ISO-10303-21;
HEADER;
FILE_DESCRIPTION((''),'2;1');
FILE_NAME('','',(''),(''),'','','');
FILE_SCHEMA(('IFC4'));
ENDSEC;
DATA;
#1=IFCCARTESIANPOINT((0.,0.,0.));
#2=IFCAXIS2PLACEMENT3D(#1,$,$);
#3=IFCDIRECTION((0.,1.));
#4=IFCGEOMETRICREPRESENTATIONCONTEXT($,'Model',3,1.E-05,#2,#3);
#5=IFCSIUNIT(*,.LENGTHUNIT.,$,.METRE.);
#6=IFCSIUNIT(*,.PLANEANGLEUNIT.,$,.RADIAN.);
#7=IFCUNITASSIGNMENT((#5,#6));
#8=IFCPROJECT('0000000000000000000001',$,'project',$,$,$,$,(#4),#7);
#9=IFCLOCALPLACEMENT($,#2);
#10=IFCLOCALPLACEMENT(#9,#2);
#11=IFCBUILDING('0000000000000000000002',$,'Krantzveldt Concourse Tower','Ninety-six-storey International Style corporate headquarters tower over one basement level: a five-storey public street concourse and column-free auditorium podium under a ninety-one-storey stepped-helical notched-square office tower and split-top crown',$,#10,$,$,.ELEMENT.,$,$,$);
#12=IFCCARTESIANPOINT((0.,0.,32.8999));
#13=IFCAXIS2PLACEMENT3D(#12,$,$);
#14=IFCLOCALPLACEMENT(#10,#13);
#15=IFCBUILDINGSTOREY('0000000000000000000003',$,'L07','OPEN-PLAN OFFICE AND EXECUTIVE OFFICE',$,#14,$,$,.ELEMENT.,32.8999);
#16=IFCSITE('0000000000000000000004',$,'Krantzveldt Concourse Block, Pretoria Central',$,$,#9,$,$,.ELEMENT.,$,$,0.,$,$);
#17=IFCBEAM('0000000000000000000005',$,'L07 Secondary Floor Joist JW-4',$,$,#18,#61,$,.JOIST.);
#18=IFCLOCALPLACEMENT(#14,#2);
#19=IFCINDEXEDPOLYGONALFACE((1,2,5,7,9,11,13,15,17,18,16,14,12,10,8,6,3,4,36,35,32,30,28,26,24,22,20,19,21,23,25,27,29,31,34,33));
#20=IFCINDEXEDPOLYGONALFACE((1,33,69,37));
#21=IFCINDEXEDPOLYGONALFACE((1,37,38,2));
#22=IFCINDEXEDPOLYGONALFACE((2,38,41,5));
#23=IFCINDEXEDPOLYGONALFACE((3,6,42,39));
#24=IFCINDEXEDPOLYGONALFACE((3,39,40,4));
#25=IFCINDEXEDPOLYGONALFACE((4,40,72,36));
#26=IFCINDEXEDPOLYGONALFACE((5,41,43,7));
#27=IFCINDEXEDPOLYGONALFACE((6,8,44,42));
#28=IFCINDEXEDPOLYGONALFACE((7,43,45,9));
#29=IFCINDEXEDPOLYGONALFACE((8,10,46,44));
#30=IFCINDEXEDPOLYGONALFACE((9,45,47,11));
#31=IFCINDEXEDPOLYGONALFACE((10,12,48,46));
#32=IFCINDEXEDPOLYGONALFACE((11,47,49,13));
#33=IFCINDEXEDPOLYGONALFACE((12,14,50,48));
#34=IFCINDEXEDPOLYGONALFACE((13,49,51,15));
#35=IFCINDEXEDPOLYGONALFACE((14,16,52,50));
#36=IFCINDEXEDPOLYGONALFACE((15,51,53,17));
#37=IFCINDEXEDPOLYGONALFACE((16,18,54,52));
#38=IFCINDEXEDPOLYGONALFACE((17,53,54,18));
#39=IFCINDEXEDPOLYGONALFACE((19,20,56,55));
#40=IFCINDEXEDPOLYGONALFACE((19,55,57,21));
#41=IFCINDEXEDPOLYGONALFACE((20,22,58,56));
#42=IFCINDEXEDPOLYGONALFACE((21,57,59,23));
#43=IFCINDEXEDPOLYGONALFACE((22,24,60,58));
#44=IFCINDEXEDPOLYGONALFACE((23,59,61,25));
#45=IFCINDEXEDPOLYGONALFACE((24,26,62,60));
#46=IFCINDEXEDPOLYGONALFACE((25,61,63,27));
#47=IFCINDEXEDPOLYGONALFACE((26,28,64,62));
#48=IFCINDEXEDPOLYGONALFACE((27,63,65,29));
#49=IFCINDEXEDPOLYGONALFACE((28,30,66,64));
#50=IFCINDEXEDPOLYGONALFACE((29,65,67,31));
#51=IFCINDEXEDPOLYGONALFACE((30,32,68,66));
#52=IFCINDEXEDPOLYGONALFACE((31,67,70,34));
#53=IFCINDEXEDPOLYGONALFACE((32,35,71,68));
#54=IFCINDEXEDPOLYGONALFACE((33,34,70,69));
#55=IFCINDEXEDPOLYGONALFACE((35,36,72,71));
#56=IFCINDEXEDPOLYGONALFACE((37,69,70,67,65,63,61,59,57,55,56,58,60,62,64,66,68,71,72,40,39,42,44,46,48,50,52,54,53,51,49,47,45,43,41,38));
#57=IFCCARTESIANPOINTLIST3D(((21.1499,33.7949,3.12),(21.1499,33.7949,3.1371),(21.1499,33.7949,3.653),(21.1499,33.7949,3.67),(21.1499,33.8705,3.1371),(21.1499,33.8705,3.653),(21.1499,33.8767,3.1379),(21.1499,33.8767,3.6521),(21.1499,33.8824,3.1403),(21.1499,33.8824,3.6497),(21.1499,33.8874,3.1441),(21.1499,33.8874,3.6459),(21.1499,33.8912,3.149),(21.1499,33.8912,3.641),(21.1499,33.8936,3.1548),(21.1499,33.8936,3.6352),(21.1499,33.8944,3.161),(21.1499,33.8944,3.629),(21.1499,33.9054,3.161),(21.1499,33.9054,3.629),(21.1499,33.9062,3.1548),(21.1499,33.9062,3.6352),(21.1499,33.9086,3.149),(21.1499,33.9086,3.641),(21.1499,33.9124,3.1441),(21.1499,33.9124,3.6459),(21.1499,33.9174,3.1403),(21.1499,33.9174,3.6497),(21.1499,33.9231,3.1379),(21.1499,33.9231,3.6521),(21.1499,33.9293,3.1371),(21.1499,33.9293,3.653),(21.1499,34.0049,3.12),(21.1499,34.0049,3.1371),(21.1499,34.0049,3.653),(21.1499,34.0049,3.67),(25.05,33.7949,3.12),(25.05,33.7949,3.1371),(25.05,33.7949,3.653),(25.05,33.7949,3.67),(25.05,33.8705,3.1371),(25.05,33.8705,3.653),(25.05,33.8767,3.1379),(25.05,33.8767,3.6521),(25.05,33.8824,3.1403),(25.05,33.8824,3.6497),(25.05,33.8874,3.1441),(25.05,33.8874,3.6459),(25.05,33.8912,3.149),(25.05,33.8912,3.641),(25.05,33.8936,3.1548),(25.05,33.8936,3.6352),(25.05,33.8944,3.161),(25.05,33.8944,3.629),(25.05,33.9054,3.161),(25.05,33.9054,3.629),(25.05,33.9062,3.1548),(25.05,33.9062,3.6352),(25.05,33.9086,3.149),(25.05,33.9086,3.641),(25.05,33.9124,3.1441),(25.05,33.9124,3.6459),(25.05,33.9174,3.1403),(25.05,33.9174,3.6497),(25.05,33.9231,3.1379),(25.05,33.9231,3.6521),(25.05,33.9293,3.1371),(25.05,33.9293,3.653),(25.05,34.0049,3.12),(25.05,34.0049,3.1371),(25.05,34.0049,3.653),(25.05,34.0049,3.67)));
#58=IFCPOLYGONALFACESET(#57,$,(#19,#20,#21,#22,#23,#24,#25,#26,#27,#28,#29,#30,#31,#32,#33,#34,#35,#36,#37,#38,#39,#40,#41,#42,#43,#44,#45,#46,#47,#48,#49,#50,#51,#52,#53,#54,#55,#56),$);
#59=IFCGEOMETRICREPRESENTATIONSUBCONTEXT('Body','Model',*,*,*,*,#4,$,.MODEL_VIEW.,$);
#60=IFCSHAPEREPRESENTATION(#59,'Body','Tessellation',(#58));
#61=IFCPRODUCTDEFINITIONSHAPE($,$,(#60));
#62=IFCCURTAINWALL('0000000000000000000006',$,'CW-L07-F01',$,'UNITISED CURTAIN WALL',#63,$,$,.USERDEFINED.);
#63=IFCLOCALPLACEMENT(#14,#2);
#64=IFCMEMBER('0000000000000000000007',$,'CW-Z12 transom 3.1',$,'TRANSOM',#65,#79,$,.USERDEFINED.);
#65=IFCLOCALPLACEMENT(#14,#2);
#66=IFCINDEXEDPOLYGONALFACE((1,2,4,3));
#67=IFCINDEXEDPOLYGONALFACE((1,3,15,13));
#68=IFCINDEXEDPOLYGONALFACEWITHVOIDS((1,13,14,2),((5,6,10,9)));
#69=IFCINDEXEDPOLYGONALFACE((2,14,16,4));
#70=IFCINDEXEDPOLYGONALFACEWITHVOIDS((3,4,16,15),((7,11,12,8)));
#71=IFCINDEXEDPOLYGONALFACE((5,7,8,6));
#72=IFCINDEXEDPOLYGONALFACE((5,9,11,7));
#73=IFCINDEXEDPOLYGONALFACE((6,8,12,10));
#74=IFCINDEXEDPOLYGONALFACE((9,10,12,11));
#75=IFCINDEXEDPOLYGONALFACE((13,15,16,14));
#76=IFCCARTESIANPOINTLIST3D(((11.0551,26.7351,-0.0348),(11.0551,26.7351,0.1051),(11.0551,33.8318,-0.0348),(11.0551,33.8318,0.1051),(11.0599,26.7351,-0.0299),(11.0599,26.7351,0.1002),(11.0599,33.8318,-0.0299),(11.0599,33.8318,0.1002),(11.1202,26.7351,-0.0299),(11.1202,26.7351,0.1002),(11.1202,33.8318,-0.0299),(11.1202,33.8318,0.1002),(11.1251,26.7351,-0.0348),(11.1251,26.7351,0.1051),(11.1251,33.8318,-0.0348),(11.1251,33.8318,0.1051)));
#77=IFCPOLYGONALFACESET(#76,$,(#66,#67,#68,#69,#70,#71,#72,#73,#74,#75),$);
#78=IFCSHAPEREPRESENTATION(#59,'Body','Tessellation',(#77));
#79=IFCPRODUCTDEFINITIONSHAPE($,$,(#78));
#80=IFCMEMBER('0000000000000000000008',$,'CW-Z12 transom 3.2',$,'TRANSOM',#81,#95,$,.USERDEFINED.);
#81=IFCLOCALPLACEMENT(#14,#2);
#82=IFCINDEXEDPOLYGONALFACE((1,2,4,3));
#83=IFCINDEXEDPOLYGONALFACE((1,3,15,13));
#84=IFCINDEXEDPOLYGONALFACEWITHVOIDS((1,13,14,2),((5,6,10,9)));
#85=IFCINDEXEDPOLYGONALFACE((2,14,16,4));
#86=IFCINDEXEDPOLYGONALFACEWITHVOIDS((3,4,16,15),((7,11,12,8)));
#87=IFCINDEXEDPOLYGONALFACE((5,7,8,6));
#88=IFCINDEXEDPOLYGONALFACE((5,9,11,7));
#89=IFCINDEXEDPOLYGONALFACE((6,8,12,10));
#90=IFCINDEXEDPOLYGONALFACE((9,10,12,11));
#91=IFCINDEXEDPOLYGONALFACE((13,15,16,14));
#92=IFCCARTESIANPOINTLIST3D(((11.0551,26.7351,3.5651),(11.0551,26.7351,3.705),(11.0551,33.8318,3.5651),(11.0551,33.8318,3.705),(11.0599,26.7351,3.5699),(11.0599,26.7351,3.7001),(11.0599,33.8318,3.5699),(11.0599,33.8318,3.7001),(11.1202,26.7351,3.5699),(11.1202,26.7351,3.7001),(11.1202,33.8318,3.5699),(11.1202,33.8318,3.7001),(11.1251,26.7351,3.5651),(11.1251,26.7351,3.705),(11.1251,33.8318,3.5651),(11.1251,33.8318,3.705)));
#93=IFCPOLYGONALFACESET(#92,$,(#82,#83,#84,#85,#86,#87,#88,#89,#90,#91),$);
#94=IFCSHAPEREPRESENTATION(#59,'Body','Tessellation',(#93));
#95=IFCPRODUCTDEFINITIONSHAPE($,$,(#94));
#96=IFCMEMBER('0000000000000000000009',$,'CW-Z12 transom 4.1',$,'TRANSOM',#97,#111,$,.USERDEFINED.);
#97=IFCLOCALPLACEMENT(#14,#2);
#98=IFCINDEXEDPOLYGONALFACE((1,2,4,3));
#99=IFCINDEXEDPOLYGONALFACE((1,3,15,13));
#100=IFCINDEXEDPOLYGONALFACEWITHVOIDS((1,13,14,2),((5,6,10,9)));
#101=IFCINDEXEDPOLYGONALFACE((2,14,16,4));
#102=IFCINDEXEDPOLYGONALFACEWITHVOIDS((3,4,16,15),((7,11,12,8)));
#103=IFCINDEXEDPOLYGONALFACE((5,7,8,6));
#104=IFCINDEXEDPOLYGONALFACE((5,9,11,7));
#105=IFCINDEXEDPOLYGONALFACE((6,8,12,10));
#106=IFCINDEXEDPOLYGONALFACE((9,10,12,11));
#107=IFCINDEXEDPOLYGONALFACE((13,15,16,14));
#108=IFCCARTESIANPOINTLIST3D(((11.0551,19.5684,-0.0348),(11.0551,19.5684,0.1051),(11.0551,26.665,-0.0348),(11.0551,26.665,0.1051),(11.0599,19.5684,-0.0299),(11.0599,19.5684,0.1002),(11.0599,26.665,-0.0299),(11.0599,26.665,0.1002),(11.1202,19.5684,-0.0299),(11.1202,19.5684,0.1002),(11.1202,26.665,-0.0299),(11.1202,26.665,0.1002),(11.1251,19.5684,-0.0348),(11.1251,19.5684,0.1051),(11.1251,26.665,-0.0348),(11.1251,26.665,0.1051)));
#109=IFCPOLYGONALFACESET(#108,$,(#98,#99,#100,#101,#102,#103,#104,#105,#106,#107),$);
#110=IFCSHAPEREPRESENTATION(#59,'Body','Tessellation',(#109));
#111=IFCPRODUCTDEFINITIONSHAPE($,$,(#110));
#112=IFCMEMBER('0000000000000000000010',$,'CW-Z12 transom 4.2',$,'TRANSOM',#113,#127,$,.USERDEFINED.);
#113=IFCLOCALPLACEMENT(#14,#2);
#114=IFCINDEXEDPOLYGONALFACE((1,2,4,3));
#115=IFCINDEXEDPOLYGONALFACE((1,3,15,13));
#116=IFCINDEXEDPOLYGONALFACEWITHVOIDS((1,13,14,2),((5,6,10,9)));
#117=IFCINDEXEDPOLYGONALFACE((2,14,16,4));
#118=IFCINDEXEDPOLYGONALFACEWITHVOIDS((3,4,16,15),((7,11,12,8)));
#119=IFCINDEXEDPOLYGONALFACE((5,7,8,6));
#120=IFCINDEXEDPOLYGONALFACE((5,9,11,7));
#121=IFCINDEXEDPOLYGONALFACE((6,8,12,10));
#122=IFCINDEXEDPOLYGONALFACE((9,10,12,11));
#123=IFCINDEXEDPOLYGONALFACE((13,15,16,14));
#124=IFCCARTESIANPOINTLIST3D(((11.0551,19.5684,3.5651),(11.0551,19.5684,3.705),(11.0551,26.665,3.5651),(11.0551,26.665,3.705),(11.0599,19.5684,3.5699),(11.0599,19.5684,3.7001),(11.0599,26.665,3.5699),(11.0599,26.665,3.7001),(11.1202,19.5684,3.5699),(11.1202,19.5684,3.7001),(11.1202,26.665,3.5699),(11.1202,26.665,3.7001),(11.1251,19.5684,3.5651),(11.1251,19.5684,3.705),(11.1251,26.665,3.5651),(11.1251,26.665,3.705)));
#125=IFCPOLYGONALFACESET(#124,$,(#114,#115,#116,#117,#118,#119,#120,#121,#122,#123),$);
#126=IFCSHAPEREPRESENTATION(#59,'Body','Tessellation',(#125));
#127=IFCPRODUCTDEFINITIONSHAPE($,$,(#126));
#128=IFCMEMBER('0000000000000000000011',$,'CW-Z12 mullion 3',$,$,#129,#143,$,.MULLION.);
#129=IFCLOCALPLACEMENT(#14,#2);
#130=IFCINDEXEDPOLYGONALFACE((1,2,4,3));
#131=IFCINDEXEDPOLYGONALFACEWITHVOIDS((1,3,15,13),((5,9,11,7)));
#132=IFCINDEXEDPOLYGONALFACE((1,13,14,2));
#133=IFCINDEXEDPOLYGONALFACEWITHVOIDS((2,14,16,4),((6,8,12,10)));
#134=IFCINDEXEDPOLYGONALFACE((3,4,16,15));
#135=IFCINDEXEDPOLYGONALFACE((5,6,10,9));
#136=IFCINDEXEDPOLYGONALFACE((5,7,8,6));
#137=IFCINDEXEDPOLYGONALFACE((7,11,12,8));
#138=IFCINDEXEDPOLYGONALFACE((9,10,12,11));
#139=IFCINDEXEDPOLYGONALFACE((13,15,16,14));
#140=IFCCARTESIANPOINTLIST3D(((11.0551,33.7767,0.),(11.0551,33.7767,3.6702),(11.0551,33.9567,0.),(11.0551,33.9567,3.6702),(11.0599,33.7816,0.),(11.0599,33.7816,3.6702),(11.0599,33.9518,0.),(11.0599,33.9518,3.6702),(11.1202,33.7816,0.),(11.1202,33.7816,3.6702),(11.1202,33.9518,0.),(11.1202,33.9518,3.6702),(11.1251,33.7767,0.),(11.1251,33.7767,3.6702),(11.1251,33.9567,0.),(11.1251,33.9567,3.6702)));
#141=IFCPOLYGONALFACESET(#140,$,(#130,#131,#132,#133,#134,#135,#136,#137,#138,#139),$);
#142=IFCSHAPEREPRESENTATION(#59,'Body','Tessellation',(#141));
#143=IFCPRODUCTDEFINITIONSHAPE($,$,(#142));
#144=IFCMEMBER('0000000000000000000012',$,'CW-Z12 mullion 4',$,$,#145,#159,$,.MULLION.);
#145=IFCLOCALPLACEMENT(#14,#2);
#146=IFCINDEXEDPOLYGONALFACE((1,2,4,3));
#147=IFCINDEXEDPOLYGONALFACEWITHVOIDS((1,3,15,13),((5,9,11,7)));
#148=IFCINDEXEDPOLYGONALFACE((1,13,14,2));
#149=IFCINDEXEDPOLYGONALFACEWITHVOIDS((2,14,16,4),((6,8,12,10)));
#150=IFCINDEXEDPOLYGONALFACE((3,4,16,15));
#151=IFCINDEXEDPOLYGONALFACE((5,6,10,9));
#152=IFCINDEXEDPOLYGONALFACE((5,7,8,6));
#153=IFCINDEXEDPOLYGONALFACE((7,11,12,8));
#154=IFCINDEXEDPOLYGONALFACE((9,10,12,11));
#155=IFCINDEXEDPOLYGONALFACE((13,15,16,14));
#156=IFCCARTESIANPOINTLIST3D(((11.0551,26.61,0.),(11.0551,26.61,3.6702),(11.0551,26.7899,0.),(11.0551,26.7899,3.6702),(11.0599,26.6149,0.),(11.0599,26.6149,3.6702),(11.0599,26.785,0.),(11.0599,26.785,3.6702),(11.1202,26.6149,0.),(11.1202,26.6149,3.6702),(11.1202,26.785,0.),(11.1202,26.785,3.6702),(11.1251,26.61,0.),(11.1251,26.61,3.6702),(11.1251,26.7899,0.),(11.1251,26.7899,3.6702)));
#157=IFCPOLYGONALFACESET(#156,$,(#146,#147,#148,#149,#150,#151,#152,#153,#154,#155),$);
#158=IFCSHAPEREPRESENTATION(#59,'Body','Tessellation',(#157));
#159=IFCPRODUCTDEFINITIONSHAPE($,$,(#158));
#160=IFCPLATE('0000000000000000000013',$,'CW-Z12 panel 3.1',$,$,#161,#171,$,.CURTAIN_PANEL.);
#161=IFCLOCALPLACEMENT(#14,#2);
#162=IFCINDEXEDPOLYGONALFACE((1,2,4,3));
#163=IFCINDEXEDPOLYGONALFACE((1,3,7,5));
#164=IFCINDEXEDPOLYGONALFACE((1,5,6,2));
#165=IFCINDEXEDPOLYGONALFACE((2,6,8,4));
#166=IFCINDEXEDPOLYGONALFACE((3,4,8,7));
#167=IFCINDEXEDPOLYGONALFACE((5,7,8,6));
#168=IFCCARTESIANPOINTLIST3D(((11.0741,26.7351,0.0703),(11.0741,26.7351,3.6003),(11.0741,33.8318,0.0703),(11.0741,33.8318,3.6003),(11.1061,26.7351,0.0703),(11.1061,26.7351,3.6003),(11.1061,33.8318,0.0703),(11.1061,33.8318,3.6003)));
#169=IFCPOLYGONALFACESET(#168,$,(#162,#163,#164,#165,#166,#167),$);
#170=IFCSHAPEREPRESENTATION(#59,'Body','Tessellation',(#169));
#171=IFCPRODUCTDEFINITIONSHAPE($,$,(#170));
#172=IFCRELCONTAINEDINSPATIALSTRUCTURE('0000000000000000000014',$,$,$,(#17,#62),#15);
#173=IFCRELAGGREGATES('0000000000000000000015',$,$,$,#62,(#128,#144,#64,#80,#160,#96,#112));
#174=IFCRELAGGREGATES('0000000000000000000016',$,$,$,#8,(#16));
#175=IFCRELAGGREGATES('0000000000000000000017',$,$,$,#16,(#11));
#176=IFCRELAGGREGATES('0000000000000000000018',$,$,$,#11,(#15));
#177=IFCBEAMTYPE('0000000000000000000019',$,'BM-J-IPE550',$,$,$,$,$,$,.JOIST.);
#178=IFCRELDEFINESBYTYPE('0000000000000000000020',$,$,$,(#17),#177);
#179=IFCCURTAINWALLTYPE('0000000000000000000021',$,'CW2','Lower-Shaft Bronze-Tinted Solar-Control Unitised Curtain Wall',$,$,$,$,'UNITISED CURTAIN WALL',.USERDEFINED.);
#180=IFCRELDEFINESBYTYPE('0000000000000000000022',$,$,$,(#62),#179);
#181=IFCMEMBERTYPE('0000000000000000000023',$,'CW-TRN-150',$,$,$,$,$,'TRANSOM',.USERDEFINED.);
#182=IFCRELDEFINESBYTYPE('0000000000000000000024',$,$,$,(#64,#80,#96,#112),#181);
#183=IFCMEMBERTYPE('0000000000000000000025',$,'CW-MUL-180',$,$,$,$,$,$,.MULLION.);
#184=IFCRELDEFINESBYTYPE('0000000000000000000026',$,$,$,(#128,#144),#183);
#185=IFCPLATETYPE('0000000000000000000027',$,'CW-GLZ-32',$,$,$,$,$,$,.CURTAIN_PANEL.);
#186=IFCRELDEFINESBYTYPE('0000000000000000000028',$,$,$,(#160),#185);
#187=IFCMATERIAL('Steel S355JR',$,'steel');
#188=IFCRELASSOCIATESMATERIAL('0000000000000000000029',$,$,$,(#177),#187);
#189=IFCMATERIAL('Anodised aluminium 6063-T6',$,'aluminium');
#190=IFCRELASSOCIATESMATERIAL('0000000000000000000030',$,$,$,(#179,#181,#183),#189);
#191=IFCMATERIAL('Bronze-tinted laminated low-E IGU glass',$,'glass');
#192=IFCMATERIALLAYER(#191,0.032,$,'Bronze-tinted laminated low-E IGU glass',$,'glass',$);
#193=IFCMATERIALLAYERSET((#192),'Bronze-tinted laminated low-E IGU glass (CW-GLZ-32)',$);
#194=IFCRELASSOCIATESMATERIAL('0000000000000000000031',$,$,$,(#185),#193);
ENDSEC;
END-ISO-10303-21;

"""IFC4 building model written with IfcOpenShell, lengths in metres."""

from ifc_helpers import new_model, si_unit, direction, frame, origin, origin_2d, place, context, subcontext, project, spatial, rectangle, hollow_rectangle, i_section, extrude, source, transform, mapped, material, layer, layer_set, material_profile, profile_set, type_object, type_shapes, element, aggregate, save


model = new_model("IFC4")

# Units and contexts
model_context = context("Model", 3, precision=1e-05, world=origin(), true_north=direction((0.0, 1.0)))
body_context = subcontext(model_context, "Body", "Model", "MODEL_VIEW")
ifc_project = project(units=[si_unit("LENGTHUNIT", "METRE"), si_unit("PLANEANGLEUNIT", "RADIAN")], contexts=[model_context])

# Site, building, storey
site_placement = place(None, origin())
site = spatial("IfcSite", under=ifc_project, at=site_placement, Name="Krantzveldt Concourse Block, Pretoria Central", CompositionType="ELEMENT", RefElevation=0.0)
building_placement = place(site_placement, origin())
building = spatial("IfcBuilding", under=site, at=building_placement, Name="Krantzveldt Concourse Tower", Description="Ninety-six-storey International Style corporate headquarters tower over one basement level: a five-storey public street concourse and column-free auditorium podium under a ninety-one-storey stepped-helical notched-square office tower and split-top crown", CompositionType="ELEMENT")
storey_placement = place(building_placement, frame((0.0, 0.0, 32.8999)))
storey = spatial("IfcBuildingStorey", under=building, at=storey_placement, Name="L07", Description="OPEN-PLAN OFFICE AND EXECUTIVE OFFICE", CompositionType="ELEMENT", Elevation=32.8999)

# Beam
ifc_material_1 = material(Name="Steel S355JR", Category="steel")
ifc_material_profile_1 = material_profile(ifc_material_1, i_section(OverallWidth=0.21, OverallDepth=0.55, WebThickness=0.011, FlangeThickness=0.0171, FilletRadius=0.0239, at=origin_2d()), Name="Steel S355JR", Category="steel")
ifc_profile_set_1 = profile_set([ifc_material_profile_1], Name="Steel S355JR - IPE 550")
beam_type_1 = type_object("IfcBeamType", Name="BM-J-IPE550", PredefinedType="JOIST", material=ifc_profile_set_1)
shared_shape_1 = source(origin(), body_context, "Body", "SweptSolid", [
    extrude(i_section(OverallWidth=0.21, OverallDepth=0.55, WebThickness=0.011, FlangeThickness=0.0171, FilletRadius=0.0239, at=origin_2d()), origin(), (0.0, 0.0, 1.0), 3.9001),
])
type_shapes(beam_type_1, [shared_shape_1])
for number, where, z_axis, x_axis, name in (
    (1, (21.1499, 33.8999, 3.395), (1.0, 0.0, 0.0), (0.0, 1.0, 0.0), "L07 Secondary Floor Joist JW-4"),
):
    element("IfcBeam", number, at=place(storey_placement, frame(where, z_axis=z_axis, x_axis=x_axis)), inside=storey, type_object=beam_type_1, Name=name, PredefinedType="JOIST", context=body_context, shape_type="MappedRepresentation", body=[
        mapped(shared_shape_1, transform((0.0, 0.0, 0.0), x_axis=(1.0, 0.0, 0.0), y_axis=(0.0, 1.0, 0.0), z_axis=(0.0, 0.0, 1.0), scale=1.0)),
    ])

# Curtain wall, members, plate
ifc_material_2 = material(Name="Anodised aluminium 6063-T6", Category="aluminium")
curtain_wall_type = type_object("IfcCurtainWallType", Name="CW2", Description="Lower-Shaft Bronze-Tinted Solar-Control Unitised Curtain Wall", ElementType="UNITISED CURTAIN WALL", PredefinedType="USERDEFINED", material=ifc_material_2)
curtain_wall_placement = place(storey_placement, origin())
curtain_wall = element("IfcCurtainWall", 2, at=curtain_wall_placement, inside=storey, type_object=curtain_wall_type, Name="CW-L07-F01", ObjectType="UNITISED CURTAIN WALL", PredefinedType="USERDEFINED")
ifc_material_profile_2 = material_profile(ifc_material_2, hollow_rectangle(XDim=0.0701, YDim=0.1399, WallThickness=0.0049, at=origin_2d()), Name="Anodised aluminium 6063-T6", Category="aluminium")
ifc_profile_set_2 = profile_set([ifc_material_profile_2], Name="Anodised aluminium 6063-T6 - ALU-TRAN 140x70x5")
member_type_1 = type_object("IfcMemberType", Name="CW-TRN-150", ElementType="TRANSOM", PredefinedType="USERDEFINED", material=ifc_profile_set_2)
shared_shape_2 = source(origin(), body_context, "Body", "SweptSolid", [
    extrude(hollow_rectangle(XDim=0.0701, YDim=0.1399, WallThickness=0.0049, at=origin_2d()), origin(), (0.0, 0.0, 1.0), 7.0967),
])
type_shapes(member_type_1, [shared_shape_2])
member_1_placement = place(storey_placement, frame((11.0901, 33.8318, 0.0352), z_axis=(0.0, -1.0, 0.0), x_axis=(1.0, 0.0, 0.0)))
member_1 = element("IfcMember", 3, at=member_1_placement, type_object=member_type_1, Name="CW-Z12 transom 3.1", ObjectType="TRANSOM", PredefinedType="USERDEFINED", context=body_context, shape_type="MappedRepresentation", body=[
    mapped(shared_shape_2, transform((0.0, 0.0, 0.0), x_axis=(1.0, 0.0, 0.0), y_axis=(0.0, 1.0, 0.0), z_axis=(0.0, 0.0, 1.0), scale=1.0)),
])
member_2_placement = place(storey_placement, frame((11.0901, 33.8318, 3.635), z_axis=(0.0, -1.0, 0.0), x_axis=(1.0, 0.0, 0.0)))
member_2 = element("IfcMember", 4, at=member_2_placement, type_object=member_type_1, Name="CW-Z12 transom 3.2", ObjectType="TRANSOM", PredefinedType="USERDEFINED", context=body_context, shape_type="MappedRepresentation", body=[
    mapped(shared_shape_2, transform((0.0, 0.0, 0.0), x_axis=(1.0, 0.0, 0.0), y_axis=(0.0, 1.0, 0.0), z_axis=(0.0, 0.0, 1.0), scale=1.0)),
])
member_3_placement = place(storey_placement, frame((11.0901, 26.665, 0.0352), z_axis=(0.0, -1.0, 0.0), x_axis=(1.0, 0.0, 0.0)))
member_3 = element("IfcMember", 5, at=member_3_placement, type_object=member_type_1, Name="CW-Z12 transom 4.1", ObjectType="TRANSOM", PredefinedType="USERDEFINED", context=body_context, shape_type="MappedRepresentation", body=[
    mapped(shared_shape_2, transform((0.0, 0.0, 0.0), x_axis=(1.0, 0.0, 0.0), y_axis=(0.0, 1.0, 0.0), z_axis=(0.0, 0.0, 1.0), scale=1.0)),
])
member_4_placement = place(storey_placement, frame((11.0901, 26.665, 3.635), z_axis=(0.0, -1.0, 0.0), x_axis=(1.0, 0.0, 0.0)))
member_4 = element("IfcMember", 6, at=member_4_placement, type_object=member_type_1, Name="CW-Z12 transom 4.2", ObjectType="TRANSOM", PredefinedType="USERDEFINED", context=body_context, shape_type="MappedRepresentation", body=[
    mapped(shared_shape_2, transform((0.0, 0.0, 0.0), x_axis=(1.0, 0.0, 0.0), y_axis=(0.0, 1.0, 0.0), z_axis=(0.0, 0.0, 1.0), scale=1.0)),
])
ifc_material_profile_3 = material_profile(ifc_material_2, hollow_rectangle(XDim=0.0701, YDim=0.1799, WallThickness=0.0049, at=origin_2d()), Name="Anodised aluminium 6063-T6", Category="aluminium")
ifc_profile_set_3 = profile_set([ifc_material_profile_3], Name="Anodised aluminium 6063-T6 - ALU-MULL 180x70x5")
member_type_2 = type_object("IfcMemberType", Name="CW-MUL-180", PredefinedType="MULLION", material=ifc_profile_set_3)
shared_shape_3 = source(origin(), body_context, "Body", "SweptSolid", [
    extrude(hollow_rectangle(XDim=0.0701, YDim=0.1799, WallThickness=0.0049, at=origin_2d()), origin(), (0.0, 0.0, 1.0), 3.6702),
])
type_shapes(member_type_2, [shared_shape_3])
member_5_placement = place(storey_placement, frame((11.0901, 33.8667, 0.0), z_axis=(0.0, 0.0, 1.0), x_axis=(1.0, 0.0, 0.0)))
member_5 = element("IfcMember", 7, at=member_5_placement, type_object=member_type_2, Name="CW-Z12 mullion 3", PredefinedType="MULLION", context=body_context, shape_type="MappedRepresentation", body=[
    mapped(shared_shape_3, transform((0.0, 0.0, 0.0), x_axis=(1.0, 0.0, 0.0), y_axis=(0.0, 1.0, 0.0), z_axis=(0.0, 0.0, 1.0), scale=1.0)),
])
member_6_placement = place(storey_placement, frame((11.0901, 26.7, 0.0), z_axis=(0.0, 0.0, 1.0), x_axis=(1.0, 0.0, 0.0)))
member_6 = element("IfcMember", 8, at=member_6_placement, type_object=member_type_2, Name="CW-Z12 mullion 4", PredefinedType="MULLION", context=body_context, shape_type="MappedRepresentation", body=[
    mapped(shared_shape_3, transform((0.0, 0.0, 0.0), x_axis=(1.0, 0.0, 0.0), y_axis=(0.0, 1.0, 0.0), z_axis=(0.0, 0.0, 1.0), scale=1.0)),
])
ifc_material_3 = material(Name="Bronze-tinted laminated low-E IGU glass", Category="glass")
ifc_layer_1 = layer(ifc_material_3, 0.032, Name="Bronze-tinted laminated low-E IGU glass", Category="glass")
ifc_layer_set_1 = layer_set([ifc_layer_1], Name="Bronze-tinted laminated low-E IGU glass (CW-GLZ-32)")
plate_type = type_object("IfcPlateType", Name="CW-GLZ-32", PredefinedType="CURTAIN_PANEL", material=ifc_layer_set_1)
shared_shape_4 = source(origin(), body_context, "Body", "SweptSolid", [
    extrude(rectangle(XDim=7.0967, YDim=0.032, at=origin_2d()), origin(), (0.0, 0.0, 1.0), 3.53),
])
type_shapes(plate_type, [shared_shape_4])
plate_1_placement = place(storey_placement, frame((11.0901, 30.2834, 0.0703), z_axis=(0.0, 0.0, 1.0), x_axis=(0.0, -1.0, 0.0)))
plate_1 = element("IfcPlate", 9, at=plate_1_placement, type_object=plate_type, Name="CW-Z12 panel 3.1", PredefinedType="CURTAIN_PANEL", context=body_context, shape_type="MappedRepresentation", body=[
    mapped(shared_shape_4, transform((0.0, 0.0, 0.0), x_axis=(1.0, 0.0, 0.0), y_axis=(0.0, 1.0, 0.0), z_axis=(0.0, 0.0, 1.0), scale=1.0)),
])
aggregate(curtain_wall, [member_5, member_6, member_1, member_2, plate_1, member_3, member_4])

save(model, "model.ifc")
